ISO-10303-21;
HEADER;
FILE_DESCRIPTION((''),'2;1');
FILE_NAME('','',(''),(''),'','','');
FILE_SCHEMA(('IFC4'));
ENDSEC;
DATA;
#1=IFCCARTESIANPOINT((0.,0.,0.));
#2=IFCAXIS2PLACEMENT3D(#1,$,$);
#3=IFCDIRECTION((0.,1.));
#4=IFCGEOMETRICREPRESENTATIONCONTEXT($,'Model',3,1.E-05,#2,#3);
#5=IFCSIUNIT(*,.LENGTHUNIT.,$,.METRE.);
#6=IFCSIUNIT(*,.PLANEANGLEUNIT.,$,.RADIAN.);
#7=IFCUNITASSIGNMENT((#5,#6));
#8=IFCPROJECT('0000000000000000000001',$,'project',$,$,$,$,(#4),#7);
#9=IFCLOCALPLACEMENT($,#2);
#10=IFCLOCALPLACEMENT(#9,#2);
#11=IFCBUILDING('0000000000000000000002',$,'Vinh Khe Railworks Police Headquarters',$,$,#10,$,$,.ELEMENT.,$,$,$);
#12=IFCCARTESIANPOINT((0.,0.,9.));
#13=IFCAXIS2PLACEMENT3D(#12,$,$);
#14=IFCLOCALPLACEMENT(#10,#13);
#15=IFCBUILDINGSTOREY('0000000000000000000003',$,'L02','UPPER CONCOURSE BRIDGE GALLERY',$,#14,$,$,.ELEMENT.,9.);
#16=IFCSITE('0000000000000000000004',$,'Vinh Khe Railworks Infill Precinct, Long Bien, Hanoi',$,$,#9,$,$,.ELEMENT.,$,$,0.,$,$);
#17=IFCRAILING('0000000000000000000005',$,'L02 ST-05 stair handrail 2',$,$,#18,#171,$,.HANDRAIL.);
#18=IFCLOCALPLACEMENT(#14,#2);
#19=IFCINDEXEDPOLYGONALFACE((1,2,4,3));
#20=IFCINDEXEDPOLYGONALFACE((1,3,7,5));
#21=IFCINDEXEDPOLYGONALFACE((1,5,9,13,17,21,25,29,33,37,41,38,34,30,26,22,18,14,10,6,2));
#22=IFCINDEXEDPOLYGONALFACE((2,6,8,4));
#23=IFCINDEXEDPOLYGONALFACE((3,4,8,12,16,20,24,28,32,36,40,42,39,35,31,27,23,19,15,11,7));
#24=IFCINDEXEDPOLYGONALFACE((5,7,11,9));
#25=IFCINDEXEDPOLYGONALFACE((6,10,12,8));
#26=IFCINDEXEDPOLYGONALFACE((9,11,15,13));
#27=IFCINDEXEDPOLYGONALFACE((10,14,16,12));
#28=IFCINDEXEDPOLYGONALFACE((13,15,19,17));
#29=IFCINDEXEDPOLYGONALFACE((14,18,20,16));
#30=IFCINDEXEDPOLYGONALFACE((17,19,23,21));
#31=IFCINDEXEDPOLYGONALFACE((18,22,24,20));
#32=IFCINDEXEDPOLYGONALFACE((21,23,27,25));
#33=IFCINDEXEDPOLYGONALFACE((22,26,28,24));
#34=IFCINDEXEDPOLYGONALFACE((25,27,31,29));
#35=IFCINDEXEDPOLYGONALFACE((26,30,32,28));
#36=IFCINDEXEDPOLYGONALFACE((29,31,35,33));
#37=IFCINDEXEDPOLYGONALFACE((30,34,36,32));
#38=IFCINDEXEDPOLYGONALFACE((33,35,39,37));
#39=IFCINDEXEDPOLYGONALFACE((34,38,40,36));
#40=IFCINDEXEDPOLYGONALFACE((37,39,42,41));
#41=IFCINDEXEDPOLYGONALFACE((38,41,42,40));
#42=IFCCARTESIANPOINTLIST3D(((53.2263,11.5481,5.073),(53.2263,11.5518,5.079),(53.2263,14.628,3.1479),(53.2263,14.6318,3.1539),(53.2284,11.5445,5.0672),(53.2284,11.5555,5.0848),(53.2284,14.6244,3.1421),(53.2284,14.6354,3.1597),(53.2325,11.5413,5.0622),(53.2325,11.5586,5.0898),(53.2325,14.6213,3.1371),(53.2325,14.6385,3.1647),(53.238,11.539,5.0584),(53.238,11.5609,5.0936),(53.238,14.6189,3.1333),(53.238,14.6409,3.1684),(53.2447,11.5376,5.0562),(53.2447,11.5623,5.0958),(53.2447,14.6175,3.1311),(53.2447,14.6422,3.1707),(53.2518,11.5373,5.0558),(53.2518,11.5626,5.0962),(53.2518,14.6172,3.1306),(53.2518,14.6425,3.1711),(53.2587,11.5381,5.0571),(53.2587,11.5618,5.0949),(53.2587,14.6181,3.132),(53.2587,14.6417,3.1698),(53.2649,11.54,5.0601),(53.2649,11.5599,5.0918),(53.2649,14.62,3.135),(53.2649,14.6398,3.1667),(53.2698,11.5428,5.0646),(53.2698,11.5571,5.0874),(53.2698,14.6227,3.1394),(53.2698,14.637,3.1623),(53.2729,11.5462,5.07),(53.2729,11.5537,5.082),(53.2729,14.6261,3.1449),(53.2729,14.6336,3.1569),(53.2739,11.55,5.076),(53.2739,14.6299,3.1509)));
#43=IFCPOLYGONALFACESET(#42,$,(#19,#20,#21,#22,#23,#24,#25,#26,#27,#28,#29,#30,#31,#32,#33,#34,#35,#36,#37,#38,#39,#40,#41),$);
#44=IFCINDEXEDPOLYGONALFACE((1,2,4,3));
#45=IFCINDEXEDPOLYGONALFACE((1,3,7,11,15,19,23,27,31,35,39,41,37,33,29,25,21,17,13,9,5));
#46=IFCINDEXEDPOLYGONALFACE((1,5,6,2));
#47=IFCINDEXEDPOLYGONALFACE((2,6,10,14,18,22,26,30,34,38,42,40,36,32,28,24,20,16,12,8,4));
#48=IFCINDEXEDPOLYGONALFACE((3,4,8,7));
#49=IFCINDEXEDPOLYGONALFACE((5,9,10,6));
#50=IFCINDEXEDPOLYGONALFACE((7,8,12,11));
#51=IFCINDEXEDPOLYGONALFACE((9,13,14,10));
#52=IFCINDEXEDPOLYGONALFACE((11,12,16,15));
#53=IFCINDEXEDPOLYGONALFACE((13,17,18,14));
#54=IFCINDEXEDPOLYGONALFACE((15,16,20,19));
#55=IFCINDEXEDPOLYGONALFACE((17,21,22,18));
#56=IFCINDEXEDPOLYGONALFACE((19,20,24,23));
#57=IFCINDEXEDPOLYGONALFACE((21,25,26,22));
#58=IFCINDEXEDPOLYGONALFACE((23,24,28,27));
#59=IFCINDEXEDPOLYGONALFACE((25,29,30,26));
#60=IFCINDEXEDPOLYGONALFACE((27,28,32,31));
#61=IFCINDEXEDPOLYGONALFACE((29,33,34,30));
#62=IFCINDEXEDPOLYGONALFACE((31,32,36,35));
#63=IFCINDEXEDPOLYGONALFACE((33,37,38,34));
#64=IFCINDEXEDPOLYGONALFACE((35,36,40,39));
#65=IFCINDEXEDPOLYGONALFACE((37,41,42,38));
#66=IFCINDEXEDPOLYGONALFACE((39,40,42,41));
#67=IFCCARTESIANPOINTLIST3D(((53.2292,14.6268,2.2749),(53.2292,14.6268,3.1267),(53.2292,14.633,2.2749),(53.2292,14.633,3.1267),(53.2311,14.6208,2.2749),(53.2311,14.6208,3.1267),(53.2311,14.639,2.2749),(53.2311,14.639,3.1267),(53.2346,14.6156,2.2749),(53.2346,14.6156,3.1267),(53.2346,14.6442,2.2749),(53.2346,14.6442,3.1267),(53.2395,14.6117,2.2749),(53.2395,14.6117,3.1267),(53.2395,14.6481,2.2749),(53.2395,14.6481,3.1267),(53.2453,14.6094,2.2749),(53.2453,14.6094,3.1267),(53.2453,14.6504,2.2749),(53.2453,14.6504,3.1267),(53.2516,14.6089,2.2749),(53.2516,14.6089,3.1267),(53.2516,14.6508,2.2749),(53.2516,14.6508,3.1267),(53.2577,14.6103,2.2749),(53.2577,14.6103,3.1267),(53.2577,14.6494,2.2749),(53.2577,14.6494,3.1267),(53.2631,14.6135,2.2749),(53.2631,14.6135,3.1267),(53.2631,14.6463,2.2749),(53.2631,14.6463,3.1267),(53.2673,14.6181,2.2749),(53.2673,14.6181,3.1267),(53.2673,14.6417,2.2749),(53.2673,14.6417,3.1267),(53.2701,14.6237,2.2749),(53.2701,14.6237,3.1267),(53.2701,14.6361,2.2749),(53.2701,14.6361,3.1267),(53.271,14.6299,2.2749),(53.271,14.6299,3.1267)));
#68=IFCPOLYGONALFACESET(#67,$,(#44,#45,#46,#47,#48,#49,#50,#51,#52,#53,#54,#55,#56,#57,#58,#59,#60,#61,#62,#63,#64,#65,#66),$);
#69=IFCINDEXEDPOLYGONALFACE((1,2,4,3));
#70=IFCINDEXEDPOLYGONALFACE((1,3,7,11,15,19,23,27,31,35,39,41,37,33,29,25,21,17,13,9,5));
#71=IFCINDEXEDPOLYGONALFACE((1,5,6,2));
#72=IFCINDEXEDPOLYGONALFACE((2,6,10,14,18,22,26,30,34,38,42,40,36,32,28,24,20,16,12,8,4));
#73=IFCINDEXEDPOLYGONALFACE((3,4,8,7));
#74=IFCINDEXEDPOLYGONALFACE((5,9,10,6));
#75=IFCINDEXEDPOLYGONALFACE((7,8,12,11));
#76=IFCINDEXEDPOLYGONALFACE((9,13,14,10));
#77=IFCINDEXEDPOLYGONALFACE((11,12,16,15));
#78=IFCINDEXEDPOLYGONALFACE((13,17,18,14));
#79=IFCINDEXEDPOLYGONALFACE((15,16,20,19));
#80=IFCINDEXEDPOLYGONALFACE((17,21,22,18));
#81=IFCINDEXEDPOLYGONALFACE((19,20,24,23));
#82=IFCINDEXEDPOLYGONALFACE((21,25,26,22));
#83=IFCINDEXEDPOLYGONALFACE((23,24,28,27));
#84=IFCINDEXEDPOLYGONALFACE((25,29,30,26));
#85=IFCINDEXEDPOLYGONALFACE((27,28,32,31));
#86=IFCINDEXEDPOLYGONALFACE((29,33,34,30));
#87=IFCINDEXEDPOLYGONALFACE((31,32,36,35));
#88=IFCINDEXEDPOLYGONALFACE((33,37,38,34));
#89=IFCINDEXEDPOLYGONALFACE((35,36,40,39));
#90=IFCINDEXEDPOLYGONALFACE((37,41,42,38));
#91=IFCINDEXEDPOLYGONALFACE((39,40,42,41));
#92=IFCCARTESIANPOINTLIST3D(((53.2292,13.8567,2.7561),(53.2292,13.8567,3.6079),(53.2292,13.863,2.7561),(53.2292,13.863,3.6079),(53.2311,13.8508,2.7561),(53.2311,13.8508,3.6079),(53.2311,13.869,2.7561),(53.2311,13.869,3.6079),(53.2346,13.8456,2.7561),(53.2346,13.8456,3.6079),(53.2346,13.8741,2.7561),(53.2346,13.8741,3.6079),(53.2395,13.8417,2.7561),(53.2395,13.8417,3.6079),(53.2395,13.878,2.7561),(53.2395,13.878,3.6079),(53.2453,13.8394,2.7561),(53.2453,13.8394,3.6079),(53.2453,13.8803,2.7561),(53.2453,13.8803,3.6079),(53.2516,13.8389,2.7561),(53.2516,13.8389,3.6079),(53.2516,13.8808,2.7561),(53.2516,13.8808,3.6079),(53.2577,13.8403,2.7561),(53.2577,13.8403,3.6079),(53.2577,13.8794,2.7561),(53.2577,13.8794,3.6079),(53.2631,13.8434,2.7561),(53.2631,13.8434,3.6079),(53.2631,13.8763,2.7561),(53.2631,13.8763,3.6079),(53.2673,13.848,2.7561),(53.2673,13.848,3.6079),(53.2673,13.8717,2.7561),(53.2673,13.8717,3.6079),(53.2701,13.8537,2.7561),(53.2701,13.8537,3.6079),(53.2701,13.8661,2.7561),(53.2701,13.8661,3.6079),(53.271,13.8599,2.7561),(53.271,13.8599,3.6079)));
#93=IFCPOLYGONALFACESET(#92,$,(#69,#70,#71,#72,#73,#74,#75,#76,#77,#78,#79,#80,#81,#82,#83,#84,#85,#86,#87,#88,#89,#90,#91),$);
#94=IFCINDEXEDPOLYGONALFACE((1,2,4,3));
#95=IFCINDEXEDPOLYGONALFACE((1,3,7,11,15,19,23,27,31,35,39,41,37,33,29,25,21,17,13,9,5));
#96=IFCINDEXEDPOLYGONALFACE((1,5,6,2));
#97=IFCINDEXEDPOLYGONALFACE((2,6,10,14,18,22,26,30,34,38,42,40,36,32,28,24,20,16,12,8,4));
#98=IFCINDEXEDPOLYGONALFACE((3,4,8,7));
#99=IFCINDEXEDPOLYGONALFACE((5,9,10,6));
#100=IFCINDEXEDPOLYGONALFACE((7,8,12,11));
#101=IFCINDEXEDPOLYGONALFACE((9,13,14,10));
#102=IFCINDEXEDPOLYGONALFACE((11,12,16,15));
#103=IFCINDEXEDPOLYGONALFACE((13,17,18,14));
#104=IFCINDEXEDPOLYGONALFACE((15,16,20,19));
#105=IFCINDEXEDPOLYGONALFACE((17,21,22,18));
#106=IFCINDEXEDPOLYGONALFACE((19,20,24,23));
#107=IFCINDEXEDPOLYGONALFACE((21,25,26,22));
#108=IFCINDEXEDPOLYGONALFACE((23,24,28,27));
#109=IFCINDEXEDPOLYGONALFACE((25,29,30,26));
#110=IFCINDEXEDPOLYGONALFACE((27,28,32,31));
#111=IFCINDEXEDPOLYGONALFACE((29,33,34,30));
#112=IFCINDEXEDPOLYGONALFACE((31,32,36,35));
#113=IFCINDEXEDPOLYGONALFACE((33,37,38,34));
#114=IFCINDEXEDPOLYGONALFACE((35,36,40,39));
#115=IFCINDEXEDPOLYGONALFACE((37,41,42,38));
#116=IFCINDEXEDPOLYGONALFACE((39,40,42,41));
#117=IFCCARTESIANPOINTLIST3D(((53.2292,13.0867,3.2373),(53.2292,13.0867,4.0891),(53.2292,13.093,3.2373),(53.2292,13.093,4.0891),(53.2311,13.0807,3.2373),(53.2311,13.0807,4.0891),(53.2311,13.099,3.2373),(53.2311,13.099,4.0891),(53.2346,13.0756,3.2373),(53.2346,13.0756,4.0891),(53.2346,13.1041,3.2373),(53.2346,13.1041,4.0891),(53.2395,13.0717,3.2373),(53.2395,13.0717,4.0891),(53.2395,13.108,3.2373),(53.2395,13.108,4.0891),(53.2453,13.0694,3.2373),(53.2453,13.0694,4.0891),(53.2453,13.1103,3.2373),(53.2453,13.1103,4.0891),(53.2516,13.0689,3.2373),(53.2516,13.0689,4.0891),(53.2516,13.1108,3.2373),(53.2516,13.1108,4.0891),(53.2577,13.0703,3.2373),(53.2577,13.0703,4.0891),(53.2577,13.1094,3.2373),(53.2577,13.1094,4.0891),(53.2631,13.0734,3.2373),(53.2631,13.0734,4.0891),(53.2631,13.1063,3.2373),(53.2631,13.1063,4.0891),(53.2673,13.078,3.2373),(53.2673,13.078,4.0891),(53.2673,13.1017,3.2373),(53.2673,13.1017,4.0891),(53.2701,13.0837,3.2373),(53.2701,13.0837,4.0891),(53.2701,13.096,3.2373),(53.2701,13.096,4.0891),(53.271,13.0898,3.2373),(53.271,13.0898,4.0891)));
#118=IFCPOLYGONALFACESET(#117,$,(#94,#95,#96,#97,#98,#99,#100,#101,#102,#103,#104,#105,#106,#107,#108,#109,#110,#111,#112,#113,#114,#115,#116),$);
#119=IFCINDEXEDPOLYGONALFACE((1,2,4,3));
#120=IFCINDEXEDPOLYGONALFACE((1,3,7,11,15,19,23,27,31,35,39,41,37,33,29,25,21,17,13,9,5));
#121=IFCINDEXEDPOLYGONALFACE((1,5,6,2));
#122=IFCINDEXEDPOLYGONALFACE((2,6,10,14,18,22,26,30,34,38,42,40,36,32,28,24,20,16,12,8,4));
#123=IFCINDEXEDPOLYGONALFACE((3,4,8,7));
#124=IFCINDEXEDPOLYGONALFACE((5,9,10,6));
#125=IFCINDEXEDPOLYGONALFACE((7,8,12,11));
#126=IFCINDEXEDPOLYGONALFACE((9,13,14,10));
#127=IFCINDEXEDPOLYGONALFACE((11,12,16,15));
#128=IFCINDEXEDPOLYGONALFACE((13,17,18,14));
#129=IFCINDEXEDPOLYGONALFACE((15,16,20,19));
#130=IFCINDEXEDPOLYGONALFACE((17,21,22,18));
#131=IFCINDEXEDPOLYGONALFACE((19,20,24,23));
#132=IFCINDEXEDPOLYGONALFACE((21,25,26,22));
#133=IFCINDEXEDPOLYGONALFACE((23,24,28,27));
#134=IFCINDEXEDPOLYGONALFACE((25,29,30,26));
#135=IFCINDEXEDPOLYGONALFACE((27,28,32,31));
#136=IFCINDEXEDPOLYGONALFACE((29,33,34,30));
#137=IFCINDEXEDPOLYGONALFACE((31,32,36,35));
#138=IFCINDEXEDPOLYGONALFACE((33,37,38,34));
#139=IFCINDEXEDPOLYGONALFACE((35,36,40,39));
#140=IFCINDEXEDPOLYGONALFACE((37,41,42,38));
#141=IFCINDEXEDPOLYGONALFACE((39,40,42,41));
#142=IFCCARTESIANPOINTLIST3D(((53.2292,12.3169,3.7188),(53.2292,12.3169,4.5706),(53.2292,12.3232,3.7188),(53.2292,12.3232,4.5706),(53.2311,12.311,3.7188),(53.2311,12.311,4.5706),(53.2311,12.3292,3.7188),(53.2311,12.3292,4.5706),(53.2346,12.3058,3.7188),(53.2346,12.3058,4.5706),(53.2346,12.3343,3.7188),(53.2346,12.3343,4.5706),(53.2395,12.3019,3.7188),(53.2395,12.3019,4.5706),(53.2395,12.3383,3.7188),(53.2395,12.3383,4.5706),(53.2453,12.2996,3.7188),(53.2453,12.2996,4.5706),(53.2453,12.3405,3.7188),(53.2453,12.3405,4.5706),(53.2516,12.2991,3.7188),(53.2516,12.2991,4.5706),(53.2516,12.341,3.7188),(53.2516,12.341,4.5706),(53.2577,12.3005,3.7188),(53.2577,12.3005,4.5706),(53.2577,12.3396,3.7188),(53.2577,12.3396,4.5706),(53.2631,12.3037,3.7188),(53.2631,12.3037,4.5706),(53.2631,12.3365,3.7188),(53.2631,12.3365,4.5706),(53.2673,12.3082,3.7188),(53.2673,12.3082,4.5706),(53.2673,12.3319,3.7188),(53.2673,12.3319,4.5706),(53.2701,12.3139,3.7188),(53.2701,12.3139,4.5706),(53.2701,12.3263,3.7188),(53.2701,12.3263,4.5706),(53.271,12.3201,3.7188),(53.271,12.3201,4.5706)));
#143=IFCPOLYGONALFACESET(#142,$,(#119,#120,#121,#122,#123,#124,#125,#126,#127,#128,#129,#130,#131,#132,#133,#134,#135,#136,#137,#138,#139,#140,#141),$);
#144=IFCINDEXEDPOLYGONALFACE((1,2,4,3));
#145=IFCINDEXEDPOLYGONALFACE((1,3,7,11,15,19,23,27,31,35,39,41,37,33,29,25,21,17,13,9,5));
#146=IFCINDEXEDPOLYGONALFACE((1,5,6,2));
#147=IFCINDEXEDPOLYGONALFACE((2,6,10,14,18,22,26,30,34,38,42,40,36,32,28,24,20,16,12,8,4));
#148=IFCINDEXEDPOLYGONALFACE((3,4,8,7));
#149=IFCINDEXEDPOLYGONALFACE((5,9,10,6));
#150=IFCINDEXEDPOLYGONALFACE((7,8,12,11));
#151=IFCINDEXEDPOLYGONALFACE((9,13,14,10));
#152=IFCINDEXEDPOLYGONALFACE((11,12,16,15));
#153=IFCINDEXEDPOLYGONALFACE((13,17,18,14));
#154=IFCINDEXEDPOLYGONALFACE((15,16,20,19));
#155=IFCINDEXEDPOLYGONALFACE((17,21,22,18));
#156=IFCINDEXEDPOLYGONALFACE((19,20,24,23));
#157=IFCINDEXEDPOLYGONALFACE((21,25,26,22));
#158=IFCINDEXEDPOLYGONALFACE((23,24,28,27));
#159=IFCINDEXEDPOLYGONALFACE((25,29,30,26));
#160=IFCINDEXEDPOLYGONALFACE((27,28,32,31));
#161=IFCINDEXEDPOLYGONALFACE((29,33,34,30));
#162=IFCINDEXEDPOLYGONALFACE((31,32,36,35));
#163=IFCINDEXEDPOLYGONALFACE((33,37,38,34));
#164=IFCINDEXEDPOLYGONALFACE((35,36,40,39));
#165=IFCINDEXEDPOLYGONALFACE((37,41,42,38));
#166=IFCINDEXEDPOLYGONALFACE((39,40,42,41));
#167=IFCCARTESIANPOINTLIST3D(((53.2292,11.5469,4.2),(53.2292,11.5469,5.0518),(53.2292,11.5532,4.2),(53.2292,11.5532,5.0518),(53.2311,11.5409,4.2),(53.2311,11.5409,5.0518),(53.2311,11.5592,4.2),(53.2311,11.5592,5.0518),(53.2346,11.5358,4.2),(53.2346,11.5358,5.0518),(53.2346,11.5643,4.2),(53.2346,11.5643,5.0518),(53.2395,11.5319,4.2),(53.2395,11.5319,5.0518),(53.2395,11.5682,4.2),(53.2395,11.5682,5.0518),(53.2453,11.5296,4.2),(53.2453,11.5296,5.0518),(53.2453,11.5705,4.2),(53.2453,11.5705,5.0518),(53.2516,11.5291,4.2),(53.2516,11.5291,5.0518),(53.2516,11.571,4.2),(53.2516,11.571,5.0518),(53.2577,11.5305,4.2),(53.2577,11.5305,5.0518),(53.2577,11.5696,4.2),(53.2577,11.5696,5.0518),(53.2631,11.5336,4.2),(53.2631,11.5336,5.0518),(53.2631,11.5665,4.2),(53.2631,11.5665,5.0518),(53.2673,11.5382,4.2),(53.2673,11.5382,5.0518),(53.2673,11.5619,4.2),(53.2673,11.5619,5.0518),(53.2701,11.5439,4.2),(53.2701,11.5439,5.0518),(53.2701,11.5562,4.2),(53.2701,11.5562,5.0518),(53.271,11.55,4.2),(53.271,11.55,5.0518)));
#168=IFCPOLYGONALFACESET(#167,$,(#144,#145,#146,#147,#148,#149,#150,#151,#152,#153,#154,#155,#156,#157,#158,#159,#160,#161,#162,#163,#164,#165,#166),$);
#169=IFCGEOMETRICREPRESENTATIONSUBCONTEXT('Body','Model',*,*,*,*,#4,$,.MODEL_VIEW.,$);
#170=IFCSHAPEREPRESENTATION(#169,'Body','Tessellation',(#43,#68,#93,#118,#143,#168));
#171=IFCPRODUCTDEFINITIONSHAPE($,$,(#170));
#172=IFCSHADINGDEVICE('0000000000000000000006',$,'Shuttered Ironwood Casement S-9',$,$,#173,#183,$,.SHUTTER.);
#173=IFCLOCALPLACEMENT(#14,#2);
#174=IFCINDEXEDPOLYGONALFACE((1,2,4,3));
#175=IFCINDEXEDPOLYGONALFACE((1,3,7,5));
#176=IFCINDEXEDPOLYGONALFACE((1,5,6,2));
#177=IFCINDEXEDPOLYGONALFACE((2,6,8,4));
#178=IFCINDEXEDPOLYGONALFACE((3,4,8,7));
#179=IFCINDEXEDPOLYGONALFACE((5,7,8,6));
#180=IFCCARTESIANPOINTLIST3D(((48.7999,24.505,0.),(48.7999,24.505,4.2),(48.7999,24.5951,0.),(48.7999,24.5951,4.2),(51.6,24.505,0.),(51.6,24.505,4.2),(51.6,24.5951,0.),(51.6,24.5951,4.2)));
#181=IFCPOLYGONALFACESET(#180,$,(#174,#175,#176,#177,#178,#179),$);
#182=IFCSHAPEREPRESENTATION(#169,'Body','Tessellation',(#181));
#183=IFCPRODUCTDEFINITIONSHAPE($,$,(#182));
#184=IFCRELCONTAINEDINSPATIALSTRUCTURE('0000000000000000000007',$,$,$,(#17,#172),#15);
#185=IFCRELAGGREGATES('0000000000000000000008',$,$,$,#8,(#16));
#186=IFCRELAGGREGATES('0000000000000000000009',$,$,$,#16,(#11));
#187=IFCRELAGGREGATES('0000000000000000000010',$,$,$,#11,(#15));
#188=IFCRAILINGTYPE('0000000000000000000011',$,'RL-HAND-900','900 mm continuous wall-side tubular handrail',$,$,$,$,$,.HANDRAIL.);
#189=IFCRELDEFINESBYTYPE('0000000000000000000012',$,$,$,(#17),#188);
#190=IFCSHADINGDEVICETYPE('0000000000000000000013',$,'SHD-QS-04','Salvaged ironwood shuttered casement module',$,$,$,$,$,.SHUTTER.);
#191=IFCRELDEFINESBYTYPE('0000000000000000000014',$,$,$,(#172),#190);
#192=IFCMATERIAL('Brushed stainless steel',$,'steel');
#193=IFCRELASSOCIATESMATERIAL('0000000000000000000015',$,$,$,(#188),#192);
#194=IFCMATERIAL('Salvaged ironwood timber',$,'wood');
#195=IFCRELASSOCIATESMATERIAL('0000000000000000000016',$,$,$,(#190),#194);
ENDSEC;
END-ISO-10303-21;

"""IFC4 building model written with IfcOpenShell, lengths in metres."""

from ifc_helpers import new_model, si_unit, direction, frame, origin, origin_2d, place, context, subcontext, project, spatial, rectangle, circle, extrude, material, type_object, element, save


model = new_model("IFC4")

# Units and contexts
model_context = context("Model", 3, precision=1e-05, world=origin(), true_north=direction((0.0, 1.0)))
body_context = subcontext(model_context, "Body", "Model", "MODEL_VIEW")
ifc_project = project(units=[si_unit("LENGTHUNIT", "METRE"), si_unit("PLANEANGLEUNIT", "RADIAN")], contexts=[model_context])

# Site, building, storey
site_placement = place(None, origin())
site = spatial("IfcSite", under=ifc_project, at=site_placement, Name="Vinh Khe Railworks Infill Precinct, Long Bien, Hanoi", CompositionType="ELEMENT", RefElevation=0.0)
building_placement = place(site_placement, origin())
building = spatial("IfcBuilding", under=site, at=building_placement, Name="Vinh Khe Railworks Police Headquarters", CompositionType="ELEMENT")
storey_placement = place(building_placement, frame((0.0, 0.0, 9.0)))
storey = spatial("IfcBuildingStorey", under=building, at=storey_placement, Name="L02", Description="UPPER CONCOURSE BRIDGE GALLERY", CompositionType="ELEMENT", Elevation=9.0)

# Shared definitions
ifc_material_1 = material(Name="Salvaged ironwood timber", Category="wood")

# Railing
ifc_material_2 = material(Name="Brushed stainless steel", Category="steel")
railing_type_1 = type_object("IfcRailingType", Name="RL-HAND-900", Description="900 mm continuous wall-side tubular handrail", PredefinedType="HANDRAIL", material=ifc_material_2)
railing_1_placement = place(storey_placement, frame((53.25, 14.6299, 2.2749)))
element("IfcRailing", 1, at=railing_1_placement, inside=storey, type_object=railing_type_1, Name="L02 ST-05 stair handrail 2", PredefinedType="HANDRAIL", context=body_context, shape_type="SweptSolid", body=[
    extrude(circle(Radius=0.0239, at=origin_2d()), frame((0.0, 0.0, 0.876), z_axis=(0.0, -0.847979, 0.530029), x_axis=(1.0, 0.0, 0.0)), (0.0, 0.0, 1.0), 3.6321),
    extrude(circle(Radius=0.021, at=origin_2d()), origin(), (0.0, 0.0, 1.0), 0.8518),
    extrude(circle(Radius=0.021, at=origin_2d()), frame((0.0, -0.77, 0.4812)), (0.0, 0.0, 1.0), 0.8518),
    extrude(circle(Radius=0.021, at=origin_2d()), frame((0.0, -1.54, 0.9624)), (0.0, 0.0, 1.0), 0.8518),
    extrude(circle(Radius=0.021, at=origin_2d()), frame((0.0, -2.3098, 1.4438)), (0.0, 0.0, 1.0), 0.8518),
    extrude(circle(Radius=0.021, at=origin_2d()), frame((0.0, -3.0798, 1.925)), (0.0, 0.0, 1.0), 0.8518),
])

# Shading device
shading_device_type = type_object("IfcShadingDeviceType", Name="SHD-QS-04", Description="Salvaged ironwood shuttered casement module", PredefinedType="SHUTTER", material=ifc_material_1)
shading_device_placement = place(storey_placement, frame((50.2, 24.55, 0.0), z_axis=(0.0, 0.0, 1.0), x_axis=(1.0, 0.0, 0.0)))
element("IfcShadingDevice", 2, at=shading_device_placement, inside=storey, type_object=shading_device_type, Name="Shuttered Ironwood Casement S-9", PredefinedType="SHUTTER", context=body_context, shape_type="SweptSolid", body=[
    extrude(rectangle(XDim=2.8, YDim=0.0901, at=origin_2d()), origin(), (0.0, 0.0, 1.0), 4.2),
])

save(model, "model.ifc")
